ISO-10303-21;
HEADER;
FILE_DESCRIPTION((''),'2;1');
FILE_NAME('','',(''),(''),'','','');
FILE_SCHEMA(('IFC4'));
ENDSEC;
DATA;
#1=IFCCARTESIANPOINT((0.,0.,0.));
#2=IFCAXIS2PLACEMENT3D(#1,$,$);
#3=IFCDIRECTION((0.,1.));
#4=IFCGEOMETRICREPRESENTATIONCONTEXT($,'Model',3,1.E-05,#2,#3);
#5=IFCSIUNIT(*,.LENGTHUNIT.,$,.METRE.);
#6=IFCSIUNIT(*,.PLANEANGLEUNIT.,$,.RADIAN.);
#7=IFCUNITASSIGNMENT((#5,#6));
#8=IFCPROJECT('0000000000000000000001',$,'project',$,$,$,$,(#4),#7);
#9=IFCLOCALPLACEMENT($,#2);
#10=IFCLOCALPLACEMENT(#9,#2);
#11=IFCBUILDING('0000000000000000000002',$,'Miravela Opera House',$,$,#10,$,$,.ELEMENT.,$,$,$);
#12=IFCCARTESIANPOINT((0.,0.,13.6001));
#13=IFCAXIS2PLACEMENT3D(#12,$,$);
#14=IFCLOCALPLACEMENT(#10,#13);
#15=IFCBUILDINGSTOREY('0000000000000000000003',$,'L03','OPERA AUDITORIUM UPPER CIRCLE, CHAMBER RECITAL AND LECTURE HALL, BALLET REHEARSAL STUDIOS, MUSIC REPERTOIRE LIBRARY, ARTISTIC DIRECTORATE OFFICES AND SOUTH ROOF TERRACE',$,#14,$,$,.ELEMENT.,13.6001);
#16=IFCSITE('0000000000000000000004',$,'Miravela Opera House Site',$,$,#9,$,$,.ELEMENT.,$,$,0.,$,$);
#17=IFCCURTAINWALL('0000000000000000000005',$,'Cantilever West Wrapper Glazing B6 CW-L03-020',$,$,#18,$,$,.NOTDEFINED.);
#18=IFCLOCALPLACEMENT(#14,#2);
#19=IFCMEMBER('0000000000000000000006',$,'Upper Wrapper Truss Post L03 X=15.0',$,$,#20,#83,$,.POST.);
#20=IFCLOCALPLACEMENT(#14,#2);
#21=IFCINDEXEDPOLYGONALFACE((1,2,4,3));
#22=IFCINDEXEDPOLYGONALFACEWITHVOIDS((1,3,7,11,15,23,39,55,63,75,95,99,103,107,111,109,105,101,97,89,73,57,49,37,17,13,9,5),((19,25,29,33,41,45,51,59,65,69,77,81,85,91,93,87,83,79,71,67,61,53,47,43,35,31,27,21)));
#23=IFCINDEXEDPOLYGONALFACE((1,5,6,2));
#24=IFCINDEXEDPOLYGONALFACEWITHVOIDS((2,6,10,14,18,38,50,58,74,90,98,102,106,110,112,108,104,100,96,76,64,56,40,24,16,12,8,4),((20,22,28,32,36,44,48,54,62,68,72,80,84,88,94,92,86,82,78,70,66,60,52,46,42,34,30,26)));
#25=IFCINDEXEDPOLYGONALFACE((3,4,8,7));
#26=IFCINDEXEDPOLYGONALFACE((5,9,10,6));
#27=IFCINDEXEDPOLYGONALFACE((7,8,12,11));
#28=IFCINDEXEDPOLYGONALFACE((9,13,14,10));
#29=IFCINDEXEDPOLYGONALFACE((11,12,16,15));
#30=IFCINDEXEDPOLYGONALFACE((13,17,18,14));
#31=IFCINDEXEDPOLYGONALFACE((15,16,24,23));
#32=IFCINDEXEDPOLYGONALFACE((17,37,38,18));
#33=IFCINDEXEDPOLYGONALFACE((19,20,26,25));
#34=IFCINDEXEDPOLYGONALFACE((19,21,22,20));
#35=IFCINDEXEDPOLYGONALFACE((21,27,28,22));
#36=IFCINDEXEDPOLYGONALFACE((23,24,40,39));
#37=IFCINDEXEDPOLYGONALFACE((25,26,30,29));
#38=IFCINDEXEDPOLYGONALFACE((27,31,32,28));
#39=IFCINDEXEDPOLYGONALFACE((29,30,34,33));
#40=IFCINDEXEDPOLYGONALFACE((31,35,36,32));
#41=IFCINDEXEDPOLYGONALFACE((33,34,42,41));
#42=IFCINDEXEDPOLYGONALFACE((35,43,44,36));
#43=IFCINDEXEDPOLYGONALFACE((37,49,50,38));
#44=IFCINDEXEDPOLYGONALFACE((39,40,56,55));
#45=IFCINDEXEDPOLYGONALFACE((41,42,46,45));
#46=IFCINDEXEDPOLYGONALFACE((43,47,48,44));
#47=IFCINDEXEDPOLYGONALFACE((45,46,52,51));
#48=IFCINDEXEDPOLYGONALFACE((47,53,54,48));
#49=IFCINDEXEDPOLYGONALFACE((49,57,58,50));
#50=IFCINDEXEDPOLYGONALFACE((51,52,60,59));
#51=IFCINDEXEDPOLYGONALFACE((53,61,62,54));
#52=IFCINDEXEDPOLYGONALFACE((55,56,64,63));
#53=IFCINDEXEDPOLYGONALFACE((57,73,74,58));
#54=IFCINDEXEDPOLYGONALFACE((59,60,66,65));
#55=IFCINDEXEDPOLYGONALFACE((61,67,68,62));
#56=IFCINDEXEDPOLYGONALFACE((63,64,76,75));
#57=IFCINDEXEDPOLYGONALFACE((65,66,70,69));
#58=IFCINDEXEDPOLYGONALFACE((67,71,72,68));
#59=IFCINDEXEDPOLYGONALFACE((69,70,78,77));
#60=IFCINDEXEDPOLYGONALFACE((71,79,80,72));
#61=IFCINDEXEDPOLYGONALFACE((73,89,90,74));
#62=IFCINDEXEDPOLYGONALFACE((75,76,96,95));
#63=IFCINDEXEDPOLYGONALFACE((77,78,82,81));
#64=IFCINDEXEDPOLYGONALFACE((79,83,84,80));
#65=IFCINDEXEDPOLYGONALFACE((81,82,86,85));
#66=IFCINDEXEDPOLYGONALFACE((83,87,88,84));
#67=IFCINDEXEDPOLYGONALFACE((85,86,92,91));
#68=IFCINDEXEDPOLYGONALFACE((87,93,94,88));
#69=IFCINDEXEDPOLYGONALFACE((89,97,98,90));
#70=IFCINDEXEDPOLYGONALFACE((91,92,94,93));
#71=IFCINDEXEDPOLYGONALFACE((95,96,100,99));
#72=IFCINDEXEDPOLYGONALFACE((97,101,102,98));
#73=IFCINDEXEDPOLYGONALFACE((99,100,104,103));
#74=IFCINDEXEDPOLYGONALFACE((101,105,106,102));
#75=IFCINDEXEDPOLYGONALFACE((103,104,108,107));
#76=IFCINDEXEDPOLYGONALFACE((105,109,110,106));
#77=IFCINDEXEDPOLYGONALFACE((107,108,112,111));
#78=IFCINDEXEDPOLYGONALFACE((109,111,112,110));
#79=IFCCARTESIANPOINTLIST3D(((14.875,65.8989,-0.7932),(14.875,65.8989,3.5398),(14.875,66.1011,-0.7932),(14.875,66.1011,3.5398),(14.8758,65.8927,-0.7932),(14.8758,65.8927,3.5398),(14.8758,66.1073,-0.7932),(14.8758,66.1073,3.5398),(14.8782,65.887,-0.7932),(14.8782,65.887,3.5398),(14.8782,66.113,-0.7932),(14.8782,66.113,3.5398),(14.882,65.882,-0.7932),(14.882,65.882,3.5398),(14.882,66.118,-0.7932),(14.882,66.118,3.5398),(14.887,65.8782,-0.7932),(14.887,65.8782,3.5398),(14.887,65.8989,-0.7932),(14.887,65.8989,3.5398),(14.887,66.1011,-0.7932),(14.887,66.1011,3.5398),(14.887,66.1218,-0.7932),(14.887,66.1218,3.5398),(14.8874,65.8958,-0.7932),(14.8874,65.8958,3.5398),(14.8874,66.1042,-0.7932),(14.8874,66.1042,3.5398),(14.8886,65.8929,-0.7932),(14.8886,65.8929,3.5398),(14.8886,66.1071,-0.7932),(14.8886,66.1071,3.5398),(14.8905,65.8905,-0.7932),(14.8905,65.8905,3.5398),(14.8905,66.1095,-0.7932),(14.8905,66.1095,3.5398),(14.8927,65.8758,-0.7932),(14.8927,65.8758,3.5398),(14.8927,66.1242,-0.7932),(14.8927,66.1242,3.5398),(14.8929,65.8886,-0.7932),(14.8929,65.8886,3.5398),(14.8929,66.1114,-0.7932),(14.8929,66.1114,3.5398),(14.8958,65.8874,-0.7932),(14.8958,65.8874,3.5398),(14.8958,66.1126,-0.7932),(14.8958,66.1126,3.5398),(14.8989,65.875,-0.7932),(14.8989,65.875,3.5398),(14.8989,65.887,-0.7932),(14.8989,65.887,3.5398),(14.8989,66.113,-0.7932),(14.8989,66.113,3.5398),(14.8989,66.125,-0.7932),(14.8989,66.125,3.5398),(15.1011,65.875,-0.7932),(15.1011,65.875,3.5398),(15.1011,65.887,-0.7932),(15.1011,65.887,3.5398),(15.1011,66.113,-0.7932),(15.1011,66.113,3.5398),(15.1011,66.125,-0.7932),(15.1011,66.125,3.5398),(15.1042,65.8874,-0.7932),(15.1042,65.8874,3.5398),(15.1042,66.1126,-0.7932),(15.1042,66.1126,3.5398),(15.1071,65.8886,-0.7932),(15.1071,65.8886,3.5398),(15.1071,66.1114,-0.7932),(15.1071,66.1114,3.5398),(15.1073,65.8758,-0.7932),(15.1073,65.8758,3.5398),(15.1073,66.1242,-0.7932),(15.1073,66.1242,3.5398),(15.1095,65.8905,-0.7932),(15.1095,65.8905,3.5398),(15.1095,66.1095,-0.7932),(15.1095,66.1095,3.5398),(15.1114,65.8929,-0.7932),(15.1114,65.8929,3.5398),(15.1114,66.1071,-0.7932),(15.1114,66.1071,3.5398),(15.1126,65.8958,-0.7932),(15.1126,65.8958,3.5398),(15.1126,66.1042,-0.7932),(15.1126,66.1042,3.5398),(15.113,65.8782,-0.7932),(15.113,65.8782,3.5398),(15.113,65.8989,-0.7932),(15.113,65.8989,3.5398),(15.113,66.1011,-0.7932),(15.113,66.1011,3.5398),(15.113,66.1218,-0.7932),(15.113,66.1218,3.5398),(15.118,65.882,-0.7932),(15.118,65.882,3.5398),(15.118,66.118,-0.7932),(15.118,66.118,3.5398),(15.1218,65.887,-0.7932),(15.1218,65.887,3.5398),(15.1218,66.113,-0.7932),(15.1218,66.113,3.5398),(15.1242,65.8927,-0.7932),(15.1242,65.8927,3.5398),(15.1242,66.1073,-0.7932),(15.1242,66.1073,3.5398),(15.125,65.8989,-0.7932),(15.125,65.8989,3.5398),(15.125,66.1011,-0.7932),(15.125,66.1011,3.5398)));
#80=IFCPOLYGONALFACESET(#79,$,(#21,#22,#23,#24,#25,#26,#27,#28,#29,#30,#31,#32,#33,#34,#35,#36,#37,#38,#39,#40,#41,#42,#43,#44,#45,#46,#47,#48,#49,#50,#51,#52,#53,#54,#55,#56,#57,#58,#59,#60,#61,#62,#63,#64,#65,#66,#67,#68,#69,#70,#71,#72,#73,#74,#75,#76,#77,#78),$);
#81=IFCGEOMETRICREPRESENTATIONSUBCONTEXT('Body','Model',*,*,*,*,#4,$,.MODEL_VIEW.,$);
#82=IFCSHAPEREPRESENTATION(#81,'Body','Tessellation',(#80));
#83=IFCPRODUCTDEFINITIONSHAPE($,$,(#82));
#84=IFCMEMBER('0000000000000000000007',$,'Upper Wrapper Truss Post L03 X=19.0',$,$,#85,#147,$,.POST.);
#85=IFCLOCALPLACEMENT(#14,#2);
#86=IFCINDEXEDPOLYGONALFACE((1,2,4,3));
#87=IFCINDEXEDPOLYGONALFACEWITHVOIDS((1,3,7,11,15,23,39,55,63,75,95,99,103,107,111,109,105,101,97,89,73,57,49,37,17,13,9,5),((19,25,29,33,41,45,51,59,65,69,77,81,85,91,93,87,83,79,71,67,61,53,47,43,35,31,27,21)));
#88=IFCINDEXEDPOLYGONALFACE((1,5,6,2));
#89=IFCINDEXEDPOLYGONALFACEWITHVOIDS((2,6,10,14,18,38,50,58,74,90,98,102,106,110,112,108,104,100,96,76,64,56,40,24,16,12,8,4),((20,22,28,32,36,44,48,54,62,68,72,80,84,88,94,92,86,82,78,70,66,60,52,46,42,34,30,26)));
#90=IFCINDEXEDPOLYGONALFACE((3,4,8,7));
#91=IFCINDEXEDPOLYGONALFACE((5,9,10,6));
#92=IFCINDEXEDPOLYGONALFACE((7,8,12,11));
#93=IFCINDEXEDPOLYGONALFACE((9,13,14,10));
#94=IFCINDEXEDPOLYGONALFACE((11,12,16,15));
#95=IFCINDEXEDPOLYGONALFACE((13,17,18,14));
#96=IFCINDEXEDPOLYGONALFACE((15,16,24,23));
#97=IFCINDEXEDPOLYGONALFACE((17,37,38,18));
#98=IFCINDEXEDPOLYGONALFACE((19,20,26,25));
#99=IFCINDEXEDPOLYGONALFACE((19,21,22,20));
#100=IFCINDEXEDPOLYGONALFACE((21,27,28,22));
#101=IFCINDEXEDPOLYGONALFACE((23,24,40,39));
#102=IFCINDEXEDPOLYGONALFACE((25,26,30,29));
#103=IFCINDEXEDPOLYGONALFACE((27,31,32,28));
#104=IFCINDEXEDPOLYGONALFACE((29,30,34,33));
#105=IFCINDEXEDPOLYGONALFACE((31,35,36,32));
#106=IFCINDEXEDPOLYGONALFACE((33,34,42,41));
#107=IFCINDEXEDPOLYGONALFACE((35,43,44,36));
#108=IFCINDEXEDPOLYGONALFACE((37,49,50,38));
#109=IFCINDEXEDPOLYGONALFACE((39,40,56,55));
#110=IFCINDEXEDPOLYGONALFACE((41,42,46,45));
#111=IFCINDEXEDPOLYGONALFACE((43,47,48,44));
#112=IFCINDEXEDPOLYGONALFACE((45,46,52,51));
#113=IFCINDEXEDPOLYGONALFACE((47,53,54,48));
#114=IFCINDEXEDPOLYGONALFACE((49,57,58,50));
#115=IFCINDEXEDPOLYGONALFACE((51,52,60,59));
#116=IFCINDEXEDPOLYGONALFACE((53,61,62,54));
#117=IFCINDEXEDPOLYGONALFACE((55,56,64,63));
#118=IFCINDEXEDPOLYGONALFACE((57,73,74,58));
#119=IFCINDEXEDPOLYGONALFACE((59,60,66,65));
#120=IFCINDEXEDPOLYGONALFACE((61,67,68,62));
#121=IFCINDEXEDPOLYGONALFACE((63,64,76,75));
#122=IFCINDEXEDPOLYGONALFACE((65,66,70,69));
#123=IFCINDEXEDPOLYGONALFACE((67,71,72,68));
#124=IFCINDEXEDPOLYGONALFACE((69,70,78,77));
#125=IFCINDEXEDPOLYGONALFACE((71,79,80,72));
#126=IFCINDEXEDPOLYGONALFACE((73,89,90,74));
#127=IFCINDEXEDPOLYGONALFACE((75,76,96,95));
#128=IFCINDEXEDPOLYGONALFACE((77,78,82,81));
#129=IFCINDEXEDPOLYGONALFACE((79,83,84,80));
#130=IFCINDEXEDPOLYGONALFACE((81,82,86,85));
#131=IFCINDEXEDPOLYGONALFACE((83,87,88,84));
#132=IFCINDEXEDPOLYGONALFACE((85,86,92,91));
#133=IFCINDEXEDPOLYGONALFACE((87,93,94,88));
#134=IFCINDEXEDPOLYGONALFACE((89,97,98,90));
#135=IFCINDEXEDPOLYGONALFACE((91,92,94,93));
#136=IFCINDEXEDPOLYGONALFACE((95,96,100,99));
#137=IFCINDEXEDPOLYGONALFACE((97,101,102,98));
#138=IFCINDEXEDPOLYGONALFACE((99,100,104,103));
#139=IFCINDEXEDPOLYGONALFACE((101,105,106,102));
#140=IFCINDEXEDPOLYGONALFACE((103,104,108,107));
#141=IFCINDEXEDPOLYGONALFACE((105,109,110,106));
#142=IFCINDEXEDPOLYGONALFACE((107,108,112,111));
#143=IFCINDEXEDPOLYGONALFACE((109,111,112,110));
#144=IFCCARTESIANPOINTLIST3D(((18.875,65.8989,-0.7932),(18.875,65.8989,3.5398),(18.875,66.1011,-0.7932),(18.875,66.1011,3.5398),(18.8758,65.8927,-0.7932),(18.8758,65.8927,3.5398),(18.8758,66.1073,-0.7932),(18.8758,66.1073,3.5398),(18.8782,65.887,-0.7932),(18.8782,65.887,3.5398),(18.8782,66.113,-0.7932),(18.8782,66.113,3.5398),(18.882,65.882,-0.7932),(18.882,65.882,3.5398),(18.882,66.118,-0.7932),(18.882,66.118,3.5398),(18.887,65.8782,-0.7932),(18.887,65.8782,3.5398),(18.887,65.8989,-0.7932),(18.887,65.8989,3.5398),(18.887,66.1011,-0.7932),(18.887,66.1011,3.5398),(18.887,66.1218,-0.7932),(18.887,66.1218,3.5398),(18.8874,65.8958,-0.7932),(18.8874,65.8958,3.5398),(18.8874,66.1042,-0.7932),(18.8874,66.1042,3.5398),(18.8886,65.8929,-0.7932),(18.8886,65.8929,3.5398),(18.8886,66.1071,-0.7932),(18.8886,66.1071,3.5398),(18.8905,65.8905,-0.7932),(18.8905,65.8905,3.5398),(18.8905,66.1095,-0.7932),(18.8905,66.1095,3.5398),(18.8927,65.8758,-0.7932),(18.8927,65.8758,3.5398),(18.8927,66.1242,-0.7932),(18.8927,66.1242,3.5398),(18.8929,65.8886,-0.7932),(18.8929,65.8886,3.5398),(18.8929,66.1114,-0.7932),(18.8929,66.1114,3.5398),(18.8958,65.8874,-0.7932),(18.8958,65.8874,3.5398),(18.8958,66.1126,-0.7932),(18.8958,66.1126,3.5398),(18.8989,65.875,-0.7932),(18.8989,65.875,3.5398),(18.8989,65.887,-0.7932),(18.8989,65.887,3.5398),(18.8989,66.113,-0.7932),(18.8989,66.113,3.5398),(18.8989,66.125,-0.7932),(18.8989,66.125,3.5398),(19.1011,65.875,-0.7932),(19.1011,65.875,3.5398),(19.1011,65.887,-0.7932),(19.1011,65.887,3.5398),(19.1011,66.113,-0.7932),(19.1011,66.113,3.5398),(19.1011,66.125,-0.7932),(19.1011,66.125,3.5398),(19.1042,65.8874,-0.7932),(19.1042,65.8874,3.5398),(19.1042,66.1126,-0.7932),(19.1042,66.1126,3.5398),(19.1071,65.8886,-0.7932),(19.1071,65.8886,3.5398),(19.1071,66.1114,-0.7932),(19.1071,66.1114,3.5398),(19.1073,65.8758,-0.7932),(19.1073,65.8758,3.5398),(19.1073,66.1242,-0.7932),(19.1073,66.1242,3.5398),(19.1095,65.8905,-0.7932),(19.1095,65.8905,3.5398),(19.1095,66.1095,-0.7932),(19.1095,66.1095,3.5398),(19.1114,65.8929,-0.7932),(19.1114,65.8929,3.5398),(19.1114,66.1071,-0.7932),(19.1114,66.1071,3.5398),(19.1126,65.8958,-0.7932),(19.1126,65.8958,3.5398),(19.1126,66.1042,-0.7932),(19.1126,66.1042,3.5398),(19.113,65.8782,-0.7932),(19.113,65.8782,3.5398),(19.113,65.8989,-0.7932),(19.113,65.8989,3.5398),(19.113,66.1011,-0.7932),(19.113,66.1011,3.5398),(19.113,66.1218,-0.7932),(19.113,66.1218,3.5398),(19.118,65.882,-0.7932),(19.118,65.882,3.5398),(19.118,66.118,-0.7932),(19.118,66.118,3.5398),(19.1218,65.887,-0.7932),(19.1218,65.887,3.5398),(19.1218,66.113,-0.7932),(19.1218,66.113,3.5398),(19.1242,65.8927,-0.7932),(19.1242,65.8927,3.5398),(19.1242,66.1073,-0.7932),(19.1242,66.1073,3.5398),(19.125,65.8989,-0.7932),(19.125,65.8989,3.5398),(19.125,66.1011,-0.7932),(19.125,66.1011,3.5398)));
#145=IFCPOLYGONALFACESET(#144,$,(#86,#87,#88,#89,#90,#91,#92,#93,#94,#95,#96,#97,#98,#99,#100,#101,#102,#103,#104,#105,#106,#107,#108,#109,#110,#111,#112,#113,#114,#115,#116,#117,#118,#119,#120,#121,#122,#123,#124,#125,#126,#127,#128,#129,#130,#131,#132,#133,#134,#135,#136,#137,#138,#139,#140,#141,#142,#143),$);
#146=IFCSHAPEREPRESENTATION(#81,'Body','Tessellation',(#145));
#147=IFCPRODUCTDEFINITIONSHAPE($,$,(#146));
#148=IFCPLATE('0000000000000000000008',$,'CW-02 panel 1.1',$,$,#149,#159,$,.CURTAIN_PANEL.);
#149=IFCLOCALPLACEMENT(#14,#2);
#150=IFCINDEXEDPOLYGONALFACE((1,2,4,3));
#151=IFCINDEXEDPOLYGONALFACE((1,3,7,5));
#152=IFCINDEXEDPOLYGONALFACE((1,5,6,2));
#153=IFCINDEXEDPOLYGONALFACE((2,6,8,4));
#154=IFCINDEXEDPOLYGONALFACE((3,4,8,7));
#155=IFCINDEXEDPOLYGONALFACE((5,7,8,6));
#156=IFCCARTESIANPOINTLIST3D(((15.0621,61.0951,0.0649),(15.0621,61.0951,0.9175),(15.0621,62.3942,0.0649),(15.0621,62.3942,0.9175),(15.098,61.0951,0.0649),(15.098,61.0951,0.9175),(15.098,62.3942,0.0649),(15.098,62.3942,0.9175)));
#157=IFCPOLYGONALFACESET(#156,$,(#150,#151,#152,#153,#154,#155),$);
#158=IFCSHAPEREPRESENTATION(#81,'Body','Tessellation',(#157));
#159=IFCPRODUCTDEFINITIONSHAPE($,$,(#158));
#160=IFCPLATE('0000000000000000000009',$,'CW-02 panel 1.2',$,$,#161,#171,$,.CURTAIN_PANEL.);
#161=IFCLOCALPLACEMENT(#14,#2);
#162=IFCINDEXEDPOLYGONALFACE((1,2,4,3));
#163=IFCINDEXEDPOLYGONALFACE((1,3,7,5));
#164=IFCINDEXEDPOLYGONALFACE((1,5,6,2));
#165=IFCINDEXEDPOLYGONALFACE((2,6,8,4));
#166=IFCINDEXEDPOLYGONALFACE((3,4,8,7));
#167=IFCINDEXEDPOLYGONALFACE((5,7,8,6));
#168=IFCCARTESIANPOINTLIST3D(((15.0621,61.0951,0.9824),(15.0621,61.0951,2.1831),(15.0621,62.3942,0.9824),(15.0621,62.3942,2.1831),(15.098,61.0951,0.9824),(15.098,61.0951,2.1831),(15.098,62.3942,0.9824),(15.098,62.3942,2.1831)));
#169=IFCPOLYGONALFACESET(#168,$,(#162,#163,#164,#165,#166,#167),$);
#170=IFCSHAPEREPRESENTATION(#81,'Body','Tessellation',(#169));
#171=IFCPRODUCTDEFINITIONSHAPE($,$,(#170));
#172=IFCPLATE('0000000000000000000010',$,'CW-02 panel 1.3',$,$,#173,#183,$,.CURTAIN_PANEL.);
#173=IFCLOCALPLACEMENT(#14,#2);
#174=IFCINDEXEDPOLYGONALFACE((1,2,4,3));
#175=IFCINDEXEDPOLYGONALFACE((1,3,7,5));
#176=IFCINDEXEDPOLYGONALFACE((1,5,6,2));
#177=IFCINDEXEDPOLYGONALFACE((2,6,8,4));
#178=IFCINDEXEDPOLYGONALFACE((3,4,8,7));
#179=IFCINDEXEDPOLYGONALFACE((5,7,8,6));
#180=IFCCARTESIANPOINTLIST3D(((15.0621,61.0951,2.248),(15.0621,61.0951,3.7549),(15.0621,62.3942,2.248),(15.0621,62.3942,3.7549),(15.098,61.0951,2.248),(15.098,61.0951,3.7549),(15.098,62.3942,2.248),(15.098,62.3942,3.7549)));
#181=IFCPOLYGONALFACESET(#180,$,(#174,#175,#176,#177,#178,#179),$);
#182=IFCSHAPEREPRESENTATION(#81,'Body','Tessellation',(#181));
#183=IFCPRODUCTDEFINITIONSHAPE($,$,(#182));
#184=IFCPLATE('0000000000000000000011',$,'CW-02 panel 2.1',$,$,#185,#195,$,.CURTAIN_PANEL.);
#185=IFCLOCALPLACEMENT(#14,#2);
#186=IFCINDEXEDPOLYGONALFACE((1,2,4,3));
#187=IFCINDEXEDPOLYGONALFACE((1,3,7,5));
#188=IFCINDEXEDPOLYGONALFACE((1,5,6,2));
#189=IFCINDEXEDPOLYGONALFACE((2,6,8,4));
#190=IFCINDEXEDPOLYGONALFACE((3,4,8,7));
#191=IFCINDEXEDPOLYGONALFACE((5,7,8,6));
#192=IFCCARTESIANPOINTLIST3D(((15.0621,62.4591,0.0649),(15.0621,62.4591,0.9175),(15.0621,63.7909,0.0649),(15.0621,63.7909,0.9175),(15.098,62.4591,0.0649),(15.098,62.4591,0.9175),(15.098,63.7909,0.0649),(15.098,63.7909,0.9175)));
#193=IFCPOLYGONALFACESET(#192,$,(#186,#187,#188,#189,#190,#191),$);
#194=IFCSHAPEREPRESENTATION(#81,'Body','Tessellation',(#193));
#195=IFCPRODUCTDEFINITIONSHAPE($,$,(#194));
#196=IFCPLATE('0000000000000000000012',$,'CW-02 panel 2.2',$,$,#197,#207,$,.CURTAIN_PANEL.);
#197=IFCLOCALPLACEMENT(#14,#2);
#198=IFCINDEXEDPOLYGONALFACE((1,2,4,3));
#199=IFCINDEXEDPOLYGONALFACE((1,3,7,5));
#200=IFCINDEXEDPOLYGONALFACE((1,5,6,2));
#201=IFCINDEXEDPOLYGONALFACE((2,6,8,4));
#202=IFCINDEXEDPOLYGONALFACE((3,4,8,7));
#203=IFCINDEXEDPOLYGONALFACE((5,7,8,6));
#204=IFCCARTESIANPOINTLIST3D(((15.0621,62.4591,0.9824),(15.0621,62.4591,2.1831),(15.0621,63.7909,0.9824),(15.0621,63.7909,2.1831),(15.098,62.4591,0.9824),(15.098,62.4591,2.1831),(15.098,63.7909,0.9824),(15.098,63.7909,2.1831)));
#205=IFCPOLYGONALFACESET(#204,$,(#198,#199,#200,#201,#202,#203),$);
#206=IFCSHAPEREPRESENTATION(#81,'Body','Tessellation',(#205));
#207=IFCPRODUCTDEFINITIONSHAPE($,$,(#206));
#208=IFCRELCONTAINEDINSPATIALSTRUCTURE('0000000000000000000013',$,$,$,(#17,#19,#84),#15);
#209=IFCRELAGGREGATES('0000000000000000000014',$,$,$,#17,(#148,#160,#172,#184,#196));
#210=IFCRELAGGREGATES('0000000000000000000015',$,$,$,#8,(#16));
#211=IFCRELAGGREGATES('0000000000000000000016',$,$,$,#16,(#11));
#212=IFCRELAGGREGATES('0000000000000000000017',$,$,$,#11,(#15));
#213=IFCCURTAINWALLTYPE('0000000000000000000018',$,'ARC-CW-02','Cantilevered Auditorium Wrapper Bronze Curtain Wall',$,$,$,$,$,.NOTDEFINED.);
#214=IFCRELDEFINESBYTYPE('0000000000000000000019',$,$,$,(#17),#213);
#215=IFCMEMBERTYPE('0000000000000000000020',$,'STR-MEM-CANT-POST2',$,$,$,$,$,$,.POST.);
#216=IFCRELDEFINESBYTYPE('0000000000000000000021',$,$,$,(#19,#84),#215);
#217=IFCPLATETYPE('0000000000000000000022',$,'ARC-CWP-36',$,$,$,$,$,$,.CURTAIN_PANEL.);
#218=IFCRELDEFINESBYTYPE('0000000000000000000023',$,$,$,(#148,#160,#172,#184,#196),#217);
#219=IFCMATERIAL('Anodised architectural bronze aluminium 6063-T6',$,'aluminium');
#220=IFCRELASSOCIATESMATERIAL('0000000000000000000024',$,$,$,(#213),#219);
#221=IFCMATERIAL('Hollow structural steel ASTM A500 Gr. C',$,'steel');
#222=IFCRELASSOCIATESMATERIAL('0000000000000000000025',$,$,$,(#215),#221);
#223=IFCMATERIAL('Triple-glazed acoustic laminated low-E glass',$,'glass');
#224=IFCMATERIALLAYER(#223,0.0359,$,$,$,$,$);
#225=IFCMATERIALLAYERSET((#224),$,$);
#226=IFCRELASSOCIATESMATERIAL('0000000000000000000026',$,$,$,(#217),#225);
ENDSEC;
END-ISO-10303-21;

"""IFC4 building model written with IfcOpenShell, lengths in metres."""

from ifc_helpers import new_model, si_unit, direction, frame, origin, origin_2d, place, context, subcontext, project, spatial, rectangle, hollow_rectangle, extrude, material, layer, layer_set, material_profile, profile_set, type_object, element, aggregate, save


model = new_model("IFC4")

# Units and contexts
model_context = context("Model", 3, precision=1e-05, world=origin(), true_north=direction((0.0, 1.0)))
body_context = subcontext(model_context, "Body", "Model", "MODEL_VIEW")
ifc_project = project(units=[si_unit("LENGTHUNIT", "METRE"), si_unit("PLANEANGLEUNIT", "RADIAN")], contexts=[model_context])

# Site, building, storey
site_placement = place(None, origin())
site = spatial("IfcSite", under=ifc_project, at=site_placement, Name="Miravela Opera House Site", CompositionType="ELEMENT", RefElevation=0.0)
building_placement = place(site_placement, origin())
building = spatial("IfcBuilding", under=site, at=building_placement, Name="Miravela Opera House", CompositionType="ELEMENT")
storey_placement = place(building_placement, frame((0.0, 0.0, 13.6001)))
storey = spatial("IfcBuildingStorey", under=building, at=storey_placement, Name="L03", Description="OPERA AUDITORIUM UPPER CIRCLE, CHAMBER RECITAL AND LECTURE HALL, BALLET REHEARSAL STUDIOS, MUSIC REPERTOIRE LIBRARY, ARTISTIC DIRECTORATE OFFICES AND SOUTH ROOF TERRACE", CompositionType="ELEMENT", Elevation=13.6001)

# Curtain wall
ifc_material_1 = material(Name="Anodised architectural bronze aluminium 6063-T6", Category="aluminium")
curtain_wall_type = type_object("IfcCurtainWallType", Name="ARC-CW-02", Description="Cantilevered Auditorium Wrapper Bronze Curtain Wall", PredefinedType="NOTDEFINED", material=ifc_material_1)
curtain_wall_1_placement = place(storey_placement, origin())
curtain_wall_1 = element("IfcCurtainWall", 1, at=curtain_wall_1_placement, inside=storey, type_object=curtain_wall_type, Name="Cantilever West Wrapper Glazing B6 CW-L03-020", PredefinedType="NOTDEFINED")

# Members
ifc_material_2 = material(Name="Hollow structural steel ASTM A500 Gr. C", Category="steel")
ifc_material_profile_1 = material_profile(ifc_material_2, hollow_rectangle(XDim=0.25, YDim=0.25, WallThickness=0.012, InnerFilletRadius=0.012, OuterFilletRadius=0.0239, at=origin_2d()), Name="HSS250X250X12")
ifc_profile_set_1 = profile_set([ifc_material_profile_1])
member_type_1 = type_object("IfcMemberType", Name="STR-MEM-CANT-POST2", PredefinedType="POST", material=ifc_profile_set_1)
for number, where, z_axis, x_axis, name in (
    (2, (15.0, 66.0, -0.7932), (0.0, 0.0, 1.0), (1.0, 0.0, 0.0), "Upper Wrapper Truss Post L03 X=15.0"),
    (3, (19.0, 66.0, -0.7932), (0.0, 0.0, 1.0), (1.0, 0.0, 0.0), "Upper Wrapper Truss Post L03 X=19.0"),
):
    element("IfcMember", number, at=place(storey_placement, frame(where, z_axis=z_axis, x_axis=x_axis)), inside=storey, type_object=member_type_1, Name=name, PredefinedType="POST", context=body_context, shape_type="SweptSolid", body=[
        extrude(hollow_rectangle(XDim=0.25, YDim=0.25, WallThickness=0.012, InnerFilletRadius=0.012, OuterFilletRadius=0.0239, at=origin_2d()), origin(), (0.0, 0.0, 1.0), 4.333),
    ])

# Plates
ifc_material_3 = material(Name="Triple-glazed acoustic laminated low-E glass", Category="glass")
ifc_layer = layer(ifc_material_3, 0.0359)
ifc_layer_set = layer_set([ifc_layer])
plate_type = type_object("IfcPlateType", Name="ARC-CWP-36", PredefinedType="CURTAIN_PANEL", material=ifc_layer_set)
plate_1_placement = place(storey_placement, frame((15.0801, 61.7446, 0.0649), z_axis=(0.0, 0.0, 1.0), x_axis=(0.0, 1.0, 0.0)))
plate_1 = element("IfcPlate", 4, at=plate_1_placement, type_object=plate_type, Name="CW-02 panel 1.1", PredefinedType="CURTAIN_PANEL", context=body_context, shape_type="SweptSolid", body=[
    extrude(rectangle(XDim=1.2991, YDim=0.0359, at=origin_2d()), origin(), (0.0, 0.0, 1.0), 0.8525),
])
plate_2_placement = place(storey_placement, frame((15.0801, 61.7446, 0.9824), z_axis=(0.0, 0.0, 1.0), x_axis=(0.0, 1.0, 0.0)))
plate_2 = element("IfcPlate", 5, at=plate_2_placement, type_object=plate_type, Name="CW-02 panel 1.2", PredefinedType="CURTAIN_PANEL", context=body_context, shape_type="SweptSolid", body=[
    extrude(rectangle(XDim=1.2991, YDim=0.0359, at=origin_2d()), origin(), (0.0, 0.0, 1.0), 1.2007),
])
plate_3_placement = place(storey_placement, frame((15.0801, 61.7446, 2.248), z_axis=(0.0, 0.0, 1.0), x_axis=(0.0, 1.0, 0.0)))
plate_3 = element("IfcPlate", 6, at=plate_3_placement, type_object=plate_type, Name="CW-02 panel 1.3", PredefinedType="CURTAIN_PANEL", context=body_context, shape_type="SweptSolid", body=[
    extrude(rectangle(XDim=1.2991, YDim=0.0359, at=origin_2d()), origin(), (0.0, 0.0, 1.0), 1.5068),
])
plate_4_placement = place(storey_placement, frame((15.0801, 63.125, 0.0649), z_axis=(0.0, 0.0, 1.0), x_axis=(0.0, 1.0, 0.0)))
plate_4 = element("IfcPlate", 7, at=plate_4_placement, type_object=plate_type, Name="CW-02 panel 2.1", PredefinedType="CURTAIN_PANEL", context=body_context, shape_type="SweptSolid", body=[
    extrude(rectangle(XDim=1.3318, YDim=0.0359, at=origin_2d()), origin(), (0.0, 0.0, 1.0), 0.8525),
])
plate_5_placement = place(storey_placement, frame((15.0801, 63.125, 0.9824), z_axis=(0.0, 0.0, 1.0), x_axis=(0.0, 1.0, 0.0)))
plate_5 = element("IfcPlate", 8, at=plate_5_placement, type_object=plate_type, Name="CW-02 panel 2.2", PredefinedType="CURTAIN_PANEL", context=body_context, shape_type="SweptSolid", body=[
    extrude(rectangle(XDim=1.3318, YDim=0.0359, at=origin_2d()), origin(), (0.0, 0.0, 1.0), 1.2007),
])
aggregate(curtain_wall_1, [plate_1, plate_2, plate_3, plate_4, plate_5])

save(model, "model.ifc")
